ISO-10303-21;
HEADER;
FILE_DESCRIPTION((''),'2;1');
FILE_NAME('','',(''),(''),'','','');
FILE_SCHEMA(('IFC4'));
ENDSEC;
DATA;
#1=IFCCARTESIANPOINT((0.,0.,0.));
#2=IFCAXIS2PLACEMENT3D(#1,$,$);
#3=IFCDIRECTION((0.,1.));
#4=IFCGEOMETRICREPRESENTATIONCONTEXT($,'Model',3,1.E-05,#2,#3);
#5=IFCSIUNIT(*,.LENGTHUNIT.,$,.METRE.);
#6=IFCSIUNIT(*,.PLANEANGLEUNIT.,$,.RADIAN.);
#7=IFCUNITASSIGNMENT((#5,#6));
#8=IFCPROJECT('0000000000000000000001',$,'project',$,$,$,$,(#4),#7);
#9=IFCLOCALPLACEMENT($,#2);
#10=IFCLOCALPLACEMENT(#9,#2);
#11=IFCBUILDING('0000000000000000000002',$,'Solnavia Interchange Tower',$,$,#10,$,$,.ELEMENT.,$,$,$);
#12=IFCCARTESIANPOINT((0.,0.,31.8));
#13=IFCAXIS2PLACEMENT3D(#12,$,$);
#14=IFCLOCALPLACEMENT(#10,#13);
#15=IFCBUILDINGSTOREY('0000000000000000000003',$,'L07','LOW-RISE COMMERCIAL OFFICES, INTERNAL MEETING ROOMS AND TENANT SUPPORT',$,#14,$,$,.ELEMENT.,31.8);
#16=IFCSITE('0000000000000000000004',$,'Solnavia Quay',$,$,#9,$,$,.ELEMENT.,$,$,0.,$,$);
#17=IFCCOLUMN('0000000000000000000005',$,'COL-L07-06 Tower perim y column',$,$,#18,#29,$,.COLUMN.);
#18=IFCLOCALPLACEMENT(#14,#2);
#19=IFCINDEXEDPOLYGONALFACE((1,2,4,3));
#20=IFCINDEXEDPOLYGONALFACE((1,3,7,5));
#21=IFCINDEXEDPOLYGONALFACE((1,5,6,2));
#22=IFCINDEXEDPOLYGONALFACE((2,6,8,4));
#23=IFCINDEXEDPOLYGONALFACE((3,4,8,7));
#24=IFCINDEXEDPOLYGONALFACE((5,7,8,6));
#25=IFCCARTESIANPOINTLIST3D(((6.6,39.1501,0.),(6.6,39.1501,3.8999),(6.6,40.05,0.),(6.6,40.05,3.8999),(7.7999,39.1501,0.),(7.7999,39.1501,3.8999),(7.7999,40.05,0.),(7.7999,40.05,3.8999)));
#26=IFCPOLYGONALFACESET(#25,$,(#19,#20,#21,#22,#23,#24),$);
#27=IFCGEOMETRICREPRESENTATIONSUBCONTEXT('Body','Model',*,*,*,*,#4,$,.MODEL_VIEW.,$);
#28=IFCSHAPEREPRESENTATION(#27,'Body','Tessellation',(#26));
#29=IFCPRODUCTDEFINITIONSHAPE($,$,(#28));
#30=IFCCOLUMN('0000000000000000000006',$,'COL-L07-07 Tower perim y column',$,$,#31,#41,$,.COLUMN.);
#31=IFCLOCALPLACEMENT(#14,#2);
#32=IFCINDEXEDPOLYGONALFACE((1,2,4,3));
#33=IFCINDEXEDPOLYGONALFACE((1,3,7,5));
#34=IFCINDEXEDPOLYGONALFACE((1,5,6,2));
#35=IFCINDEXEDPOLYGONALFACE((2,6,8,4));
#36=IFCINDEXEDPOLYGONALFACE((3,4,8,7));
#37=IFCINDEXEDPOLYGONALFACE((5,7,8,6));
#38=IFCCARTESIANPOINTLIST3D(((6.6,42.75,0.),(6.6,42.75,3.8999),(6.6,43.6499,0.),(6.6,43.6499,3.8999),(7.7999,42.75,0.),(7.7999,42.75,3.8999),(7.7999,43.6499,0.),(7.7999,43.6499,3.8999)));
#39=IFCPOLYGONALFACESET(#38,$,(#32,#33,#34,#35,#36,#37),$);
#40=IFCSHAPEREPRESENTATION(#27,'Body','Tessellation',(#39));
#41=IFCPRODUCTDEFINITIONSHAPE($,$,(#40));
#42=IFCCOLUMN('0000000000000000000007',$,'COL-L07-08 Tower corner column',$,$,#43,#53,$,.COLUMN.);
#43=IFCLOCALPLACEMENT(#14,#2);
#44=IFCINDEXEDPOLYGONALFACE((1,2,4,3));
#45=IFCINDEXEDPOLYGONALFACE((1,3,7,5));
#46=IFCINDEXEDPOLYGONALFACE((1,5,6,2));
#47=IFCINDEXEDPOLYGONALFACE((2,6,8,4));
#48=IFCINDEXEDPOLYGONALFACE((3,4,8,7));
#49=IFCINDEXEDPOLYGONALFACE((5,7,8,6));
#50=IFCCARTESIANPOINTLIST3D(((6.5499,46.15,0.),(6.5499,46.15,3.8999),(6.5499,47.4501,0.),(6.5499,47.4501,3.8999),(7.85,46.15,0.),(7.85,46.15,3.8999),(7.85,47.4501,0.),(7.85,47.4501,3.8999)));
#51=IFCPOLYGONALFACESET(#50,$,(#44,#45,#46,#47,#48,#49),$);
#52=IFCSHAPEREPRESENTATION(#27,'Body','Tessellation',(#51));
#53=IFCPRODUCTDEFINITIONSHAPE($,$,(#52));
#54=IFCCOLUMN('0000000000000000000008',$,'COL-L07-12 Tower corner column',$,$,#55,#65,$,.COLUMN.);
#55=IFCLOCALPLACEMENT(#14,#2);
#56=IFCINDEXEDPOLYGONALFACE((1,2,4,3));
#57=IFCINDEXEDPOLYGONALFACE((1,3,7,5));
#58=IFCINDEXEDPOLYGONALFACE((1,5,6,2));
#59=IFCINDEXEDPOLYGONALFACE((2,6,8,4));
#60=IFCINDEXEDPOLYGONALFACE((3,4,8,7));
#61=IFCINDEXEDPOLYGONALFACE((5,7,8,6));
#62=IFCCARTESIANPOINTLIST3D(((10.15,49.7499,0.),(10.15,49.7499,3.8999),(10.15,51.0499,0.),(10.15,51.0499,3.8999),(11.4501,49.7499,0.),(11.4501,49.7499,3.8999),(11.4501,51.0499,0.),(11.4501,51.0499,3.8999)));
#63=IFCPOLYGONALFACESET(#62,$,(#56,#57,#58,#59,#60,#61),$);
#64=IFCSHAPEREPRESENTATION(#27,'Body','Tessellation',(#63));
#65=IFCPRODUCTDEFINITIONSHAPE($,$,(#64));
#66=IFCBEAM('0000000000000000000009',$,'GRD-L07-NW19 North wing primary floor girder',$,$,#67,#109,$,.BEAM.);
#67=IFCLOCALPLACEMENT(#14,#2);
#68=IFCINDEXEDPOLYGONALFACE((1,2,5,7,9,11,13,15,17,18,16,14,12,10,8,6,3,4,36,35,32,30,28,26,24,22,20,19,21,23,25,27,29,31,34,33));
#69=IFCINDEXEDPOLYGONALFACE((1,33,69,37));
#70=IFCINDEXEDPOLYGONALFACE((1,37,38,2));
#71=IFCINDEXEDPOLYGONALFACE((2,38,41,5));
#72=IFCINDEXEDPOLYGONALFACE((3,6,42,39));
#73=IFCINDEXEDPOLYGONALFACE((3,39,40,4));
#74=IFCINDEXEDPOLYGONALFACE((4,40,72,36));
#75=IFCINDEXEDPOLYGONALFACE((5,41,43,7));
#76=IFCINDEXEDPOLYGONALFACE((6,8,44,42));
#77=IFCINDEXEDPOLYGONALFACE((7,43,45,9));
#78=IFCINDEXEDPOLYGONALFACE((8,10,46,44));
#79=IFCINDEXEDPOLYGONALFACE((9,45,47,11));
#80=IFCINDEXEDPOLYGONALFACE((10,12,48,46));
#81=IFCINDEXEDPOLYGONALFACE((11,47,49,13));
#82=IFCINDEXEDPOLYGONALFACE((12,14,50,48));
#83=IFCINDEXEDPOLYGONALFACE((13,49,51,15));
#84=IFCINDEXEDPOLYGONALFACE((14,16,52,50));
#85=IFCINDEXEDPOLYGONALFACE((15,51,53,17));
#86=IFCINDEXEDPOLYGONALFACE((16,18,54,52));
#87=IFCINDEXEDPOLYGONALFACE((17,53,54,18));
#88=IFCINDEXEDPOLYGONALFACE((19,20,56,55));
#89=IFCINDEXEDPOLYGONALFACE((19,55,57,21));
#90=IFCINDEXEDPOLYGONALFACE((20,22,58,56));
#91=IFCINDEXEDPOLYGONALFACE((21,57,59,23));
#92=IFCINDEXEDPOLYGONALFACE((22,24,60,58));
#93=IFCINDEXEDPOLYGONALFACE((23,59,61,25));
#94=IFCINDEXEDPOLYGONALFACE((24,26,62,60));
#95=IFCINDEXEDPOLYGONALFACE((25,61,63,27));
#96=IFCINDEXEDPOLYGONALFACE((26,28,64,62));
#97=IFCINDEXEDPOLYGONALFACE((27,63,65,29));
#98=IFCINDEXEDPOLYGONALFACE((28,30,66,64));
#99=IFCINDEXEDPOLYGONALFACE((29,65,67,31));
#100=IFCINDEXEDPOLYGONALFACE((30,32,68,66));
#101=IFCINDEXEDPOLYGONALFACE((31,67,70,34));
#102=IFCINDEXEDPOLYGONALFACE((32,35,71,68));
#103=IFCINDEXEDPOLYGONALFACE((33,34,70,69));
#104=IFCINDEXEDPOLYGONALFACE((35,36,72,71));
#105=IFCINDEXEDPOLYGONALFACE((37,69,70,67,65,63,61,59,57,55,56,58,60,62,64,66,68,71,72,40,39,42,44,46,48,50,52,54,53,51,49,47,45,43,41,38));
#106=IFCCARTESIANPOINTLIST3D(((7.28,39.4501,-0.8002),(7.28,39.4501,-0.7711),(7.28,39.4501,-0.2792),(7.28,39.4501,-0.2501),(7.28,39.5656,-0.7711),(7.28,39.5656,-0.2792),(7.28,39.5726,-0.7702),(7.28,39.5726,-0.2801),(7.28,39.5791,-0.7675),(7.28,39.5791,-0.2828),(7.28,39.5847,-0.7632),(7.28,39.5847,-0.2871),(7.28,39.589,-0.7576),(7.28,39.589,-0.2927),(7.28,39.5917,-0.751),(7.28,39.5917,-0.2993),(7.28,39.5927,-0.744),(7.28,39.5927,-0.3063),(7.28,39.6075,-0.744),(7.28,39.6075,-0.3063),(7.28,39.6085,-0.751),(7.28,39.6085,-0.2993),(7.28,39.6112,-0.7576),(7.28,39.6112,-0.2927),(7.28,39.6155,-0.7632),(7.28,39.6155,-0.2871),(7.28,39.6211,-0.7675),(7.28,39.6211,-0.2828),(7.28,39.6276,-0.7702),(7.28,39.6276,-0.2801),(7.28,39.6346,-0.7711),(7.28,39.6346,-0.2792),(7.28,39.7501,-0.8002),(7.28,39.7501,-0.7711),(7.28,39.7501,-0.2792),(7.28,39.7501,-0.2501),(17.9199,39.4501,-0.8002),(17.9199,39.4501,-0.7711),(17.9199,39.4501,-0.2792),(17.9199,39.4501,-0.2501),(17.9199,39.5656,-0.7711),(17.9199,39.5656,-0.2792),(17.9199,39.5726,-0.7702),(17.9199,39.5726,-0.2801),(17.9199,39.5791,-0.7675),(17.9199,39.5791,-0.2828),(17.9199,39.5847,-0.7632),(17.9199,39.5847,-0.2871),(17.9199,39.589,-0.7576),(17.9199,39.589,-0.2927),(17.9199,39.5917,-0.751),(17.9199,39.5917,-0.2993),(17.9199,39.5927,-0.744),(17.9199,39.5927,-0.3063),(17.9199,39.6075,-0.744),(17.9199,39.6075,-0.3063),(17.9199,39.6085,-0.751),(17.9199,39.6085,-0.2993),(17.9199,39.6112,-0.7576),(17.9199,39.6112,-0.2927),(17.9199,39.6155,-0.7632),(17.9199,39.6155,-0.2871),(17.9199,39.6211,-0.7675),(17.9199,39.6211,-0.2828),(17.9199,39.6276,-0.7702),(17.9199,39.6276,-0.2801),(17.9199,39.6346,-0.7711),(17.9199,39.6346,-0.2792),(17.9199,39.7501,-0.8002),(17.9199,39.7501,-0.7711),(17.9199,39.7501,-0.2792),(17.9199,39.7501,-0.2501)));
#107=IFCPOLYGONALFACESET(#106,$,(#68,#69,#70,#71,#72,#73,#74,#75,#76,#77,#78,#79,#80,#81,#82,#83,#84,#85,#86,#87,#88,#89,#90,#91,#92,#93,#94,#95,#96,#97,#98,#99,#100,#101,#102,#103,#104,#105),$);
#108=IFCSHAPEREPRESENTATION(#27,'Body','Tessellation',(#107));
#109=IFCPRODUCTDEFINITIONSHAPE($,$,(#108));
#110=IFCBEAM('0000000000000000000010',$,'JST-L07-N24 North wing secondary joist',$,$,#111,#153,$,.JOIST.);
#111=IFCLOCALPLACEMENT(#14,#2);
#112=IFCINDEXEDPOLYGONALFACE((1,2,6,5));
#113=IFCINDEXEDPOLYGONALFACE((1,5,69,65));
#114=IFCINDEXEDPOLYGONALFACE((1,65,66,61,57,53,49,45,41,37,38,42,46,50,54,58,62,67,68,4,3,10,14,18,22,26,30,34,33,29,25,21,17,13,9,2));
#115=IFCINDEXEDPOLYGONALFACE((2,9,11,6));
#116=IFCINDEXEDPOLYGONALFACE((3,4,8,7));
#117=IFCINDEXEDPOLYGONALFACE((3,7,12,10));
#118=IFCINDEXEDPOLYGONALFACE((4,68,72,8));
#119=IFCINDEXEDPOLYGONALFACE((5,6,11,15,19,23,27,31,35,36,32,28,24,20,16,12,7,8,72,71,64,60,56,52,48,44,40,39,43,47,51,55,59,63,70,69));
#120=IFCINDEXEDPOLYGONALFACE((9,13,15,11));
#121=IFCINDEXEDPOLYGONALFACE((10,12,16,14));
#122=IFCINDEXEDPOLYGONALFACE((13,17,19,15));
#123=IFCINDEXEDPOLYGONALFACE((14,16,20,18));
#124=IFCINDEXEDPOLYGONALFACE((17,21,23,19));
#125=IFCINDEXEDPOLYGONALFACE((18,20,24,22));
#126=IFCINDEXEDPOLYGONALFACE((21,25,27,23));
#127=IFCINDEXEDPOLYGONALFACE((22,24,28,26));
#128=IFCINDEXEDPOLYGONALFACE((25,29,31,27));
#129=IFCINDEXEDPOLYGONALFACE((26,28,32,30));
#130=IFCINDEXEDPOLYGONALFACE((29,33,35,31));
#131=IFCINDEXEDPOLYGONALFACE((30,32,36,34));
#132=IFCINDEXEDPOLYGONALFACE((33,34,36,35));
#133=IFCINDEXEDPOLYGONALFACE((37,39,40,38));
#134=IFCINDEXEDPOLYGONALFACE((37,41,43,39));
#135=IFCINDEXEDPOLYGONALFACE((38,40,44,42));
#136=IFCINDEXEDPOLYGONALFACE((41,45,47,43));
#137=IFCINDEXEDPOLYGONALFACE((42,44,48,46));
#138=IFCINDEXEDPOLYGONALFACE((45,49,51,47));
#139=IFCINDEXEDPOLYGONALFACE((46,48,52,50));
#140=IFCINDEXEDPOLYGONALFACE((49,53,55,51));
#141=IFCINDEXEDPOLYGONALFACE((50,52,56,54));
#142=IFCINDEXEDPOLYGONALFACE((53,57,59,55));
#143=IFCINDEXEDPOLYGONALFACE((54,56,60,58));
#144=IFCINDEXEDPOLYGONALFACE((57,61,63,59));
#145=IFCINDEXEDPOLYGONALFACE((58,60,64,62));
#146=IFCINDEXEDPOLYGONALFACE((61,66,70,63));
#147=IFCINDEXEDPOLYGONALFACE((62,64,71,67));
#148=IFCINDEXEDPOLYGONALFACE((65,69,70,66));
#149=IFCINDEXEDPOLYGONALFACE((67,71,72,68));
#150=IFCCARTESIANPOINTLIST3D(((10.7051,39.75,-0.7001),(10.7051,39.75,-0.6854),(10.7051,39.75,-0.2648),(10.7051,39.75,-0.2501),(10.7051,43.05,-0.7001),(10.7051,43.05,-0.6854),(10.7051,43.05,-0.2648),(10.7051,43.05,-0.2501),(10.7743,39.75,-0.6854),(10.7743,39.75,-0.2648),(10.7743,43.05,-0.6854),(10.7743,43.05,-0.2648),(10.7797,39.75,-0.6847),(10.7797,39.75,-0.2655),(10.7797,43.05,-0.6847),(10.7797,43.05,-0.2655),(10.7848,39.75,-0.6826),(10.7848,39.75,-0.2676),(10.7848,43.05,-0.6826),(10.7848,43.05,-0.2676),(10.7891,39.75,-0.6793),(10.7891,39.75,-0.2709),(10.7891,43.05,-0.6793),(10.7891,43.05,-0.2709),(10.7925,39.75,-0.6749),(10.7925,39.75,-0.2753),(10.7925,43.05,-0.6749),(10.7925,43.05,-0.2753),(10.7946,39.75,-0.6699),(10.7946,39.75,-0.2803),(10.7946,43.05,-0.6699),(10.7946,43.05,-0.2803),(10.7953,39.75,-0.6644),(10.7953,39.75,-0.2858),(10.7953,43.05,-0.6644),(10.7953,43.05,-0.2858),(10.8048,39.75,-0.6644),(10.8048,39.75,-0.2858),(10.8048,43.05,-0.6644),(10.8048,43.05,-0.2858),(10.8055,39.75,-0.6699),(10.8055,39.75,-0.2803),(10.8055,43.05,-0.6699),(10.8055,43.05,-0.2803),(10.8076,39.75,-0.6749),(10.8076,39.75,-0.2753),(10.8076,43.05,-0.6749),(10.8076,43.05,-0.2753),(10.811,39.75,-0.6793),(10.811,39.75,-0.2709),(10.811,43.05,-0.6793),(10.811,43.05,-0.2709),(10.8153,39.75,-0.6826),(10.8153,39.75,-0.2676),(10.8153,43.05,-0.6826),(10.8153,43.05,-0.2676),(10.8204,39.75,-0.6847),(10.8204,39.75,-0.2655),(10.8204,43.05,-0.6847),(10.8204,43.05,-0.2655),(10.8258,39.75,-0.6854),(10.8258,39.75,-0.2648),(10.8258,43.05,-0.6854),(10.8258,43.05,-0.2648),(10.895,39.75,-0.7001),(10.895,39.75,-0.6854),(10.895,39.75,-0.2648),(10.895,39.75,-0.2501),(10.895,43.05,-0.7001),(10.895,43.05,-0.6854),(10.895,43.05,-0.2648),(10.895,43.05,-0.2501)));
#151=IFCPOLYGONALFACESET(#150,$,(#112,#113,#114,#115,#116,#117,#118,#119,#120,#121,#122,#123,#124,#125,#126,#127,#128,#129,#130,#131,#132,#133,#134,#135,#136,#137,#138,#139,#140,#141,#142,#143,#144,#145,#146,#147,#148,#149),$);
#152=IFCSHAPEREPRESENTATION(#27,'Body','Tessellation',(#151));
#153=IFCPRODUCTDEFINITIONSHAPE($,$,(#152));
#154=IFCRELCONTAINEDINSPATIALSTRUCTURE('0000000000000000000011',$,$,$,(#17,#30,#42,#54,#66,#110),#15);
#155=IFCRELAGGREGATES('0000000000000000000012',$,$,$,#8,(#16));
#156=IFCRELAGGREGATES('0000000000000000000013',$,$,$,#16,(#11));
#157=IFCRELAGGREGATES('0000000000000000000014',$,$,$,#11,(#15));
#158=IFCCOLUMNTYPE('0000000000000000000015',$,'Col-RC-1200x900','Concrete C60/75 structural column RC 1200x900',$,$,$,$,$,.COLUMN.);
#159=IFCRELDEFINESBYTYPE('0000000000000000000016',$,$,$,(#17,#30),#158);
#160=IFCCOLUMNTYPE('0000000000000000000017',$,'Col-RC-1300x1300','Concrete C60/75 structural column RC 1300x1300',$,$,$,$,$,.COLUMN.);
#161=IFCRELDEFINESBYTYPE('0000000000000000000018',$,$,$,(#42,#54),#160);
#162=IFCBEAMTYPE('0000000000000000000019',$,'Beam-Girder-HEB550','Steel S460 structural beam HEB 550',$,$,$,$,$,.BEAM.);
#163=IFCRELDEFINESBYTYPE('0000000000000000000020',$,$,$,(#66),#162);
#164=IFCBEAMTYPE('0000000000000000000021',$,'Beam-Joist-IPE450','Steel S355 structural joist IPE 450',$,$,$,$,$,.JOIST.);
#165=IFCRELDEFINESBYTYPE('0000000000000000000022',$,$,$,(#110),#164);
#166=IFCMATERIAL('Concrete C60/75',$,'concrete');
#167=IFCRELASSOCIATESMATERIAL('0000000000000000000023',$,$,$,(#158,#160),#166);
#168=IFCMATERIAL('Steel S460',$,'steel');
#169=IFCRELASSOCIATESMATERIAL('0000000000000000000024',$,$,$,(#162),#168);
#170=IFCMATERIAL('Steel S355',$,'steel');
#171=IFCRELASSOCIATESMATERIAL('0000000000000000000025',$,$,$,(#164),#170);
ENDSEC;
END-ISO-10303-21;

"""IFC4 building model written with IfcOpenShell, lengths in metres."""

from ifc_helpers import new_model, si_unit, direction, frame, origin, origin_2d, place, context, subcontext, project, spatial, rectangle, i_section, extrude, material, material_profile, profile_set, type_object, element, save


model = new_model("IFC4")

# Units and contexts
model_context = context("Model", 3, precision=1e-05, world=origin(), true_north=direction((0.0, 1.0)))
body_context = subcontext(model_context, "Body", "Model", "MODEL_VIEW")
ifc_project = project(units=[si_unit("LENGTHUNIT", "METRE"), si_unit("PLANEANGLEUNIT", "RADIAN")], contexts=[model_context])

# Site, building, storey
site_placement = place(None, origin())
site = spatial("IfcSite", under=ifc_project, at=site_placement, Name="Solnavia Quay", CompositionType="ELEMENT", RefElevation=0.0)
building_placement = place(site_placement, origin())
building = spatial("IfcBuilding", under=site, at=building_placement, Name="Solnavia Interchange Tower", CompositionType="ELEMENT")
storey_placement = place(building_placement, frame((0.0, 0.0, 31.8)))
storey = spatial("IfcBuildingStorey", under=building, at=storey_placement, Name="L07", Description="LOW-RISE COMMERCIAL OFFICES, INTERNAL MEETING ROOMS AND TENANT SUPPORT", CompositionType="ELEMENT", Elevation=31.8)

# Columns
ifc_material_1 = material(Name="Concrete C60/75", Category="concrete")
ifc_material_profile_1 = material_profile(ifc_material_1, rectangle(XDim=0.8999, YDim=1.2, at=origin_2d()), Name="RC 1200x900")
ifc_profile_set_1 = profile_set([ifc_material_profile_1], Name="Concrete C60/75")
column_type_1 = type_object("IfcColumnType", Name="Col-RC-1200x900", Description="Concrete C60/75 structural column RC 1200x900", PredefinedType="COLUMN", material=ifc_profile_set_1)
for number, where, z_axis, x_axis, name in (
    (1, (7.2, 39.6001, 0.0), (0.0, 0.0, 1.0), (0.0, 1.0, 0.0), "COL-L07-06 Tower perim y column"),
    (2, (7.2, 43.2, 0.0), (0.0, 0.0, 1.0), (0.0, 1.0, 0.0), "COL-L07-07 Tower perim y column"),
):
    element("IfcColumn", number, at=place(storey_placement, frame(where, z_axis=z_axis, x_axis=x_axis)), inside=storey, type_object=column_type_1, Name=name, PredefinedType="COLUMN", context=body_context, shape_type="SweptSolid", body=[
        extrude(rectangle(XDim=0.8999, YDim=1.2, at=origin_2d()), origin(), (0.0, 0.0, 1.0), 3.8999),
    ])
ifc_material_profile_2 = material_profile(ifc_material_1, rectangle(XDim=1.3, YDim=1.3, at=origin_2d()), Name="RC 1300x1300")
ifc_profile_set_2 = profile_set([ifc_material_profile_2], Name="Concrete C60/75")
column_type_2 = type_object("IfcColumnType", Name="Col-RC-1300x1300", Description="Concrete C60/75 structural column RC 1300x1300", PredefinedType="COLUMN", material=ifc_profile_set_2)
for number, where, z_axis, x_axis, name in (
    (3, (7.2, 46.8, 0.0), (0.0, 0.0, 1.0), (0.0, 1.0, 0.0), "COL-L07-08 Tower corner column"),
    (4, (10.8, 50.3999, 0.0), (0.0, 0.0, 1.0), (1.0, 0.0, 0.0), "COL-L07-12 Tower corner column"),
):
    element("IfcColumn", number, at=place(storey_placement, frame(where, z_axis=z_axis, x_axis=x_axis)), inside=storey, type_object=column_type_2, Name=name, PredefinedType="COLUMN", context=body_context, shape_type="SweptSolid", body=[
        extrude(rectangle(XDim=1.3, YDim=1.3, at=origin_2d()), origin(), (0.0, 0.0, 1.0), 3.8999),
    ])

# Beams
ifc_material_2 = material(Name="Steel S460", Category="steel")
ifc_material_profile_3 = material_profile(ifc_material_2, i_section(OverallWidth=0.3, OverallDepth=0.55, WebThickness=0.0149, FlangeThickness=0.0291, FilletRadius=0.0271, at=origin_2d()), Name="HEB 550")
ifc_profile_set_3 = profile_set([ifc_material_profile_3], Name="Steel S460")
beam_type_1 = type_object("IfcBeamType", Name="Beam-Girder-HEB550", Description="Steel S460 structural beam HEB 550", PredefinedType="BEAM", material=ifc_profile_set_3)
beam_1_placement = place(storey_placement, frame((7.28, 39.6001, -0.5251), z_axis=(1.0, 0.0, 0.0), x_axis=(0.0, 1.0, 0.0)))
element("IfcBeam", 5, at=beam_1_placement, inside=storey, type_object=beam_type_1, Name="GRD-L07-NW19 North wing primary floor girder", PredefinedType="BEAM", context=body_context, shape_type="SweptSolid", body=[
    extrude(i_section(OverallWidth=0.3, OverallDepth=0.55, WebThickness=0.0149, FlangeThickness=0.0291, FilletRadius=0.0271, at=origin_2d()), origin(), (0.0, 0.0, 1.0), 10.6399),
])
ifc_material_3 = material(Name="Steel S355", Category="steel")
ifc_material_profile_4 = material_profile(ifc_material_3, i_section(OverallWidth=0.1899, OverallDepth=0.45, WebThickness=0.0095, FlangeThickness=0.0146, FilletRadius=0.021, at=origin_2d()), Name="IPE 450")
ifc_profile_set_4 = profile_set([ifc_material_profile_4], Name="Steel S355")
beam_type_2 = type_object("IfcBeamType", Name="Beam-Joist-IPE450", Description="Steel S355 structural joist IPE 450", PredefinedType="JOIST", material=ifc_profile_set_4)
beam_2_placement = place(storey_placement, frame((10.8, 39.75, -0.4751), z_axis=(0.0, 1.0, 0.0), x_axis=(-1.0, 0.0, 0.0)))
element("IfcBeam", 6, at=beam_2_placement, inside=storey, type_object=beam_type_2, Name="JST-L07-N24 North wing secondary joist", PredefinedType="JOIST", context=body_context, shape_type="SweptSolid", body=[
    extrude(i_section(OverallWidth=0.1899, OverallDepth=0.45, WebThickness=0.0095, FlangeThickness=0.0146, FilletRadius=0.021, at=origin_2d()), origin(), (0.0, 0.0, 1.0), 3.3),
])

save(model, "model.ifc")
